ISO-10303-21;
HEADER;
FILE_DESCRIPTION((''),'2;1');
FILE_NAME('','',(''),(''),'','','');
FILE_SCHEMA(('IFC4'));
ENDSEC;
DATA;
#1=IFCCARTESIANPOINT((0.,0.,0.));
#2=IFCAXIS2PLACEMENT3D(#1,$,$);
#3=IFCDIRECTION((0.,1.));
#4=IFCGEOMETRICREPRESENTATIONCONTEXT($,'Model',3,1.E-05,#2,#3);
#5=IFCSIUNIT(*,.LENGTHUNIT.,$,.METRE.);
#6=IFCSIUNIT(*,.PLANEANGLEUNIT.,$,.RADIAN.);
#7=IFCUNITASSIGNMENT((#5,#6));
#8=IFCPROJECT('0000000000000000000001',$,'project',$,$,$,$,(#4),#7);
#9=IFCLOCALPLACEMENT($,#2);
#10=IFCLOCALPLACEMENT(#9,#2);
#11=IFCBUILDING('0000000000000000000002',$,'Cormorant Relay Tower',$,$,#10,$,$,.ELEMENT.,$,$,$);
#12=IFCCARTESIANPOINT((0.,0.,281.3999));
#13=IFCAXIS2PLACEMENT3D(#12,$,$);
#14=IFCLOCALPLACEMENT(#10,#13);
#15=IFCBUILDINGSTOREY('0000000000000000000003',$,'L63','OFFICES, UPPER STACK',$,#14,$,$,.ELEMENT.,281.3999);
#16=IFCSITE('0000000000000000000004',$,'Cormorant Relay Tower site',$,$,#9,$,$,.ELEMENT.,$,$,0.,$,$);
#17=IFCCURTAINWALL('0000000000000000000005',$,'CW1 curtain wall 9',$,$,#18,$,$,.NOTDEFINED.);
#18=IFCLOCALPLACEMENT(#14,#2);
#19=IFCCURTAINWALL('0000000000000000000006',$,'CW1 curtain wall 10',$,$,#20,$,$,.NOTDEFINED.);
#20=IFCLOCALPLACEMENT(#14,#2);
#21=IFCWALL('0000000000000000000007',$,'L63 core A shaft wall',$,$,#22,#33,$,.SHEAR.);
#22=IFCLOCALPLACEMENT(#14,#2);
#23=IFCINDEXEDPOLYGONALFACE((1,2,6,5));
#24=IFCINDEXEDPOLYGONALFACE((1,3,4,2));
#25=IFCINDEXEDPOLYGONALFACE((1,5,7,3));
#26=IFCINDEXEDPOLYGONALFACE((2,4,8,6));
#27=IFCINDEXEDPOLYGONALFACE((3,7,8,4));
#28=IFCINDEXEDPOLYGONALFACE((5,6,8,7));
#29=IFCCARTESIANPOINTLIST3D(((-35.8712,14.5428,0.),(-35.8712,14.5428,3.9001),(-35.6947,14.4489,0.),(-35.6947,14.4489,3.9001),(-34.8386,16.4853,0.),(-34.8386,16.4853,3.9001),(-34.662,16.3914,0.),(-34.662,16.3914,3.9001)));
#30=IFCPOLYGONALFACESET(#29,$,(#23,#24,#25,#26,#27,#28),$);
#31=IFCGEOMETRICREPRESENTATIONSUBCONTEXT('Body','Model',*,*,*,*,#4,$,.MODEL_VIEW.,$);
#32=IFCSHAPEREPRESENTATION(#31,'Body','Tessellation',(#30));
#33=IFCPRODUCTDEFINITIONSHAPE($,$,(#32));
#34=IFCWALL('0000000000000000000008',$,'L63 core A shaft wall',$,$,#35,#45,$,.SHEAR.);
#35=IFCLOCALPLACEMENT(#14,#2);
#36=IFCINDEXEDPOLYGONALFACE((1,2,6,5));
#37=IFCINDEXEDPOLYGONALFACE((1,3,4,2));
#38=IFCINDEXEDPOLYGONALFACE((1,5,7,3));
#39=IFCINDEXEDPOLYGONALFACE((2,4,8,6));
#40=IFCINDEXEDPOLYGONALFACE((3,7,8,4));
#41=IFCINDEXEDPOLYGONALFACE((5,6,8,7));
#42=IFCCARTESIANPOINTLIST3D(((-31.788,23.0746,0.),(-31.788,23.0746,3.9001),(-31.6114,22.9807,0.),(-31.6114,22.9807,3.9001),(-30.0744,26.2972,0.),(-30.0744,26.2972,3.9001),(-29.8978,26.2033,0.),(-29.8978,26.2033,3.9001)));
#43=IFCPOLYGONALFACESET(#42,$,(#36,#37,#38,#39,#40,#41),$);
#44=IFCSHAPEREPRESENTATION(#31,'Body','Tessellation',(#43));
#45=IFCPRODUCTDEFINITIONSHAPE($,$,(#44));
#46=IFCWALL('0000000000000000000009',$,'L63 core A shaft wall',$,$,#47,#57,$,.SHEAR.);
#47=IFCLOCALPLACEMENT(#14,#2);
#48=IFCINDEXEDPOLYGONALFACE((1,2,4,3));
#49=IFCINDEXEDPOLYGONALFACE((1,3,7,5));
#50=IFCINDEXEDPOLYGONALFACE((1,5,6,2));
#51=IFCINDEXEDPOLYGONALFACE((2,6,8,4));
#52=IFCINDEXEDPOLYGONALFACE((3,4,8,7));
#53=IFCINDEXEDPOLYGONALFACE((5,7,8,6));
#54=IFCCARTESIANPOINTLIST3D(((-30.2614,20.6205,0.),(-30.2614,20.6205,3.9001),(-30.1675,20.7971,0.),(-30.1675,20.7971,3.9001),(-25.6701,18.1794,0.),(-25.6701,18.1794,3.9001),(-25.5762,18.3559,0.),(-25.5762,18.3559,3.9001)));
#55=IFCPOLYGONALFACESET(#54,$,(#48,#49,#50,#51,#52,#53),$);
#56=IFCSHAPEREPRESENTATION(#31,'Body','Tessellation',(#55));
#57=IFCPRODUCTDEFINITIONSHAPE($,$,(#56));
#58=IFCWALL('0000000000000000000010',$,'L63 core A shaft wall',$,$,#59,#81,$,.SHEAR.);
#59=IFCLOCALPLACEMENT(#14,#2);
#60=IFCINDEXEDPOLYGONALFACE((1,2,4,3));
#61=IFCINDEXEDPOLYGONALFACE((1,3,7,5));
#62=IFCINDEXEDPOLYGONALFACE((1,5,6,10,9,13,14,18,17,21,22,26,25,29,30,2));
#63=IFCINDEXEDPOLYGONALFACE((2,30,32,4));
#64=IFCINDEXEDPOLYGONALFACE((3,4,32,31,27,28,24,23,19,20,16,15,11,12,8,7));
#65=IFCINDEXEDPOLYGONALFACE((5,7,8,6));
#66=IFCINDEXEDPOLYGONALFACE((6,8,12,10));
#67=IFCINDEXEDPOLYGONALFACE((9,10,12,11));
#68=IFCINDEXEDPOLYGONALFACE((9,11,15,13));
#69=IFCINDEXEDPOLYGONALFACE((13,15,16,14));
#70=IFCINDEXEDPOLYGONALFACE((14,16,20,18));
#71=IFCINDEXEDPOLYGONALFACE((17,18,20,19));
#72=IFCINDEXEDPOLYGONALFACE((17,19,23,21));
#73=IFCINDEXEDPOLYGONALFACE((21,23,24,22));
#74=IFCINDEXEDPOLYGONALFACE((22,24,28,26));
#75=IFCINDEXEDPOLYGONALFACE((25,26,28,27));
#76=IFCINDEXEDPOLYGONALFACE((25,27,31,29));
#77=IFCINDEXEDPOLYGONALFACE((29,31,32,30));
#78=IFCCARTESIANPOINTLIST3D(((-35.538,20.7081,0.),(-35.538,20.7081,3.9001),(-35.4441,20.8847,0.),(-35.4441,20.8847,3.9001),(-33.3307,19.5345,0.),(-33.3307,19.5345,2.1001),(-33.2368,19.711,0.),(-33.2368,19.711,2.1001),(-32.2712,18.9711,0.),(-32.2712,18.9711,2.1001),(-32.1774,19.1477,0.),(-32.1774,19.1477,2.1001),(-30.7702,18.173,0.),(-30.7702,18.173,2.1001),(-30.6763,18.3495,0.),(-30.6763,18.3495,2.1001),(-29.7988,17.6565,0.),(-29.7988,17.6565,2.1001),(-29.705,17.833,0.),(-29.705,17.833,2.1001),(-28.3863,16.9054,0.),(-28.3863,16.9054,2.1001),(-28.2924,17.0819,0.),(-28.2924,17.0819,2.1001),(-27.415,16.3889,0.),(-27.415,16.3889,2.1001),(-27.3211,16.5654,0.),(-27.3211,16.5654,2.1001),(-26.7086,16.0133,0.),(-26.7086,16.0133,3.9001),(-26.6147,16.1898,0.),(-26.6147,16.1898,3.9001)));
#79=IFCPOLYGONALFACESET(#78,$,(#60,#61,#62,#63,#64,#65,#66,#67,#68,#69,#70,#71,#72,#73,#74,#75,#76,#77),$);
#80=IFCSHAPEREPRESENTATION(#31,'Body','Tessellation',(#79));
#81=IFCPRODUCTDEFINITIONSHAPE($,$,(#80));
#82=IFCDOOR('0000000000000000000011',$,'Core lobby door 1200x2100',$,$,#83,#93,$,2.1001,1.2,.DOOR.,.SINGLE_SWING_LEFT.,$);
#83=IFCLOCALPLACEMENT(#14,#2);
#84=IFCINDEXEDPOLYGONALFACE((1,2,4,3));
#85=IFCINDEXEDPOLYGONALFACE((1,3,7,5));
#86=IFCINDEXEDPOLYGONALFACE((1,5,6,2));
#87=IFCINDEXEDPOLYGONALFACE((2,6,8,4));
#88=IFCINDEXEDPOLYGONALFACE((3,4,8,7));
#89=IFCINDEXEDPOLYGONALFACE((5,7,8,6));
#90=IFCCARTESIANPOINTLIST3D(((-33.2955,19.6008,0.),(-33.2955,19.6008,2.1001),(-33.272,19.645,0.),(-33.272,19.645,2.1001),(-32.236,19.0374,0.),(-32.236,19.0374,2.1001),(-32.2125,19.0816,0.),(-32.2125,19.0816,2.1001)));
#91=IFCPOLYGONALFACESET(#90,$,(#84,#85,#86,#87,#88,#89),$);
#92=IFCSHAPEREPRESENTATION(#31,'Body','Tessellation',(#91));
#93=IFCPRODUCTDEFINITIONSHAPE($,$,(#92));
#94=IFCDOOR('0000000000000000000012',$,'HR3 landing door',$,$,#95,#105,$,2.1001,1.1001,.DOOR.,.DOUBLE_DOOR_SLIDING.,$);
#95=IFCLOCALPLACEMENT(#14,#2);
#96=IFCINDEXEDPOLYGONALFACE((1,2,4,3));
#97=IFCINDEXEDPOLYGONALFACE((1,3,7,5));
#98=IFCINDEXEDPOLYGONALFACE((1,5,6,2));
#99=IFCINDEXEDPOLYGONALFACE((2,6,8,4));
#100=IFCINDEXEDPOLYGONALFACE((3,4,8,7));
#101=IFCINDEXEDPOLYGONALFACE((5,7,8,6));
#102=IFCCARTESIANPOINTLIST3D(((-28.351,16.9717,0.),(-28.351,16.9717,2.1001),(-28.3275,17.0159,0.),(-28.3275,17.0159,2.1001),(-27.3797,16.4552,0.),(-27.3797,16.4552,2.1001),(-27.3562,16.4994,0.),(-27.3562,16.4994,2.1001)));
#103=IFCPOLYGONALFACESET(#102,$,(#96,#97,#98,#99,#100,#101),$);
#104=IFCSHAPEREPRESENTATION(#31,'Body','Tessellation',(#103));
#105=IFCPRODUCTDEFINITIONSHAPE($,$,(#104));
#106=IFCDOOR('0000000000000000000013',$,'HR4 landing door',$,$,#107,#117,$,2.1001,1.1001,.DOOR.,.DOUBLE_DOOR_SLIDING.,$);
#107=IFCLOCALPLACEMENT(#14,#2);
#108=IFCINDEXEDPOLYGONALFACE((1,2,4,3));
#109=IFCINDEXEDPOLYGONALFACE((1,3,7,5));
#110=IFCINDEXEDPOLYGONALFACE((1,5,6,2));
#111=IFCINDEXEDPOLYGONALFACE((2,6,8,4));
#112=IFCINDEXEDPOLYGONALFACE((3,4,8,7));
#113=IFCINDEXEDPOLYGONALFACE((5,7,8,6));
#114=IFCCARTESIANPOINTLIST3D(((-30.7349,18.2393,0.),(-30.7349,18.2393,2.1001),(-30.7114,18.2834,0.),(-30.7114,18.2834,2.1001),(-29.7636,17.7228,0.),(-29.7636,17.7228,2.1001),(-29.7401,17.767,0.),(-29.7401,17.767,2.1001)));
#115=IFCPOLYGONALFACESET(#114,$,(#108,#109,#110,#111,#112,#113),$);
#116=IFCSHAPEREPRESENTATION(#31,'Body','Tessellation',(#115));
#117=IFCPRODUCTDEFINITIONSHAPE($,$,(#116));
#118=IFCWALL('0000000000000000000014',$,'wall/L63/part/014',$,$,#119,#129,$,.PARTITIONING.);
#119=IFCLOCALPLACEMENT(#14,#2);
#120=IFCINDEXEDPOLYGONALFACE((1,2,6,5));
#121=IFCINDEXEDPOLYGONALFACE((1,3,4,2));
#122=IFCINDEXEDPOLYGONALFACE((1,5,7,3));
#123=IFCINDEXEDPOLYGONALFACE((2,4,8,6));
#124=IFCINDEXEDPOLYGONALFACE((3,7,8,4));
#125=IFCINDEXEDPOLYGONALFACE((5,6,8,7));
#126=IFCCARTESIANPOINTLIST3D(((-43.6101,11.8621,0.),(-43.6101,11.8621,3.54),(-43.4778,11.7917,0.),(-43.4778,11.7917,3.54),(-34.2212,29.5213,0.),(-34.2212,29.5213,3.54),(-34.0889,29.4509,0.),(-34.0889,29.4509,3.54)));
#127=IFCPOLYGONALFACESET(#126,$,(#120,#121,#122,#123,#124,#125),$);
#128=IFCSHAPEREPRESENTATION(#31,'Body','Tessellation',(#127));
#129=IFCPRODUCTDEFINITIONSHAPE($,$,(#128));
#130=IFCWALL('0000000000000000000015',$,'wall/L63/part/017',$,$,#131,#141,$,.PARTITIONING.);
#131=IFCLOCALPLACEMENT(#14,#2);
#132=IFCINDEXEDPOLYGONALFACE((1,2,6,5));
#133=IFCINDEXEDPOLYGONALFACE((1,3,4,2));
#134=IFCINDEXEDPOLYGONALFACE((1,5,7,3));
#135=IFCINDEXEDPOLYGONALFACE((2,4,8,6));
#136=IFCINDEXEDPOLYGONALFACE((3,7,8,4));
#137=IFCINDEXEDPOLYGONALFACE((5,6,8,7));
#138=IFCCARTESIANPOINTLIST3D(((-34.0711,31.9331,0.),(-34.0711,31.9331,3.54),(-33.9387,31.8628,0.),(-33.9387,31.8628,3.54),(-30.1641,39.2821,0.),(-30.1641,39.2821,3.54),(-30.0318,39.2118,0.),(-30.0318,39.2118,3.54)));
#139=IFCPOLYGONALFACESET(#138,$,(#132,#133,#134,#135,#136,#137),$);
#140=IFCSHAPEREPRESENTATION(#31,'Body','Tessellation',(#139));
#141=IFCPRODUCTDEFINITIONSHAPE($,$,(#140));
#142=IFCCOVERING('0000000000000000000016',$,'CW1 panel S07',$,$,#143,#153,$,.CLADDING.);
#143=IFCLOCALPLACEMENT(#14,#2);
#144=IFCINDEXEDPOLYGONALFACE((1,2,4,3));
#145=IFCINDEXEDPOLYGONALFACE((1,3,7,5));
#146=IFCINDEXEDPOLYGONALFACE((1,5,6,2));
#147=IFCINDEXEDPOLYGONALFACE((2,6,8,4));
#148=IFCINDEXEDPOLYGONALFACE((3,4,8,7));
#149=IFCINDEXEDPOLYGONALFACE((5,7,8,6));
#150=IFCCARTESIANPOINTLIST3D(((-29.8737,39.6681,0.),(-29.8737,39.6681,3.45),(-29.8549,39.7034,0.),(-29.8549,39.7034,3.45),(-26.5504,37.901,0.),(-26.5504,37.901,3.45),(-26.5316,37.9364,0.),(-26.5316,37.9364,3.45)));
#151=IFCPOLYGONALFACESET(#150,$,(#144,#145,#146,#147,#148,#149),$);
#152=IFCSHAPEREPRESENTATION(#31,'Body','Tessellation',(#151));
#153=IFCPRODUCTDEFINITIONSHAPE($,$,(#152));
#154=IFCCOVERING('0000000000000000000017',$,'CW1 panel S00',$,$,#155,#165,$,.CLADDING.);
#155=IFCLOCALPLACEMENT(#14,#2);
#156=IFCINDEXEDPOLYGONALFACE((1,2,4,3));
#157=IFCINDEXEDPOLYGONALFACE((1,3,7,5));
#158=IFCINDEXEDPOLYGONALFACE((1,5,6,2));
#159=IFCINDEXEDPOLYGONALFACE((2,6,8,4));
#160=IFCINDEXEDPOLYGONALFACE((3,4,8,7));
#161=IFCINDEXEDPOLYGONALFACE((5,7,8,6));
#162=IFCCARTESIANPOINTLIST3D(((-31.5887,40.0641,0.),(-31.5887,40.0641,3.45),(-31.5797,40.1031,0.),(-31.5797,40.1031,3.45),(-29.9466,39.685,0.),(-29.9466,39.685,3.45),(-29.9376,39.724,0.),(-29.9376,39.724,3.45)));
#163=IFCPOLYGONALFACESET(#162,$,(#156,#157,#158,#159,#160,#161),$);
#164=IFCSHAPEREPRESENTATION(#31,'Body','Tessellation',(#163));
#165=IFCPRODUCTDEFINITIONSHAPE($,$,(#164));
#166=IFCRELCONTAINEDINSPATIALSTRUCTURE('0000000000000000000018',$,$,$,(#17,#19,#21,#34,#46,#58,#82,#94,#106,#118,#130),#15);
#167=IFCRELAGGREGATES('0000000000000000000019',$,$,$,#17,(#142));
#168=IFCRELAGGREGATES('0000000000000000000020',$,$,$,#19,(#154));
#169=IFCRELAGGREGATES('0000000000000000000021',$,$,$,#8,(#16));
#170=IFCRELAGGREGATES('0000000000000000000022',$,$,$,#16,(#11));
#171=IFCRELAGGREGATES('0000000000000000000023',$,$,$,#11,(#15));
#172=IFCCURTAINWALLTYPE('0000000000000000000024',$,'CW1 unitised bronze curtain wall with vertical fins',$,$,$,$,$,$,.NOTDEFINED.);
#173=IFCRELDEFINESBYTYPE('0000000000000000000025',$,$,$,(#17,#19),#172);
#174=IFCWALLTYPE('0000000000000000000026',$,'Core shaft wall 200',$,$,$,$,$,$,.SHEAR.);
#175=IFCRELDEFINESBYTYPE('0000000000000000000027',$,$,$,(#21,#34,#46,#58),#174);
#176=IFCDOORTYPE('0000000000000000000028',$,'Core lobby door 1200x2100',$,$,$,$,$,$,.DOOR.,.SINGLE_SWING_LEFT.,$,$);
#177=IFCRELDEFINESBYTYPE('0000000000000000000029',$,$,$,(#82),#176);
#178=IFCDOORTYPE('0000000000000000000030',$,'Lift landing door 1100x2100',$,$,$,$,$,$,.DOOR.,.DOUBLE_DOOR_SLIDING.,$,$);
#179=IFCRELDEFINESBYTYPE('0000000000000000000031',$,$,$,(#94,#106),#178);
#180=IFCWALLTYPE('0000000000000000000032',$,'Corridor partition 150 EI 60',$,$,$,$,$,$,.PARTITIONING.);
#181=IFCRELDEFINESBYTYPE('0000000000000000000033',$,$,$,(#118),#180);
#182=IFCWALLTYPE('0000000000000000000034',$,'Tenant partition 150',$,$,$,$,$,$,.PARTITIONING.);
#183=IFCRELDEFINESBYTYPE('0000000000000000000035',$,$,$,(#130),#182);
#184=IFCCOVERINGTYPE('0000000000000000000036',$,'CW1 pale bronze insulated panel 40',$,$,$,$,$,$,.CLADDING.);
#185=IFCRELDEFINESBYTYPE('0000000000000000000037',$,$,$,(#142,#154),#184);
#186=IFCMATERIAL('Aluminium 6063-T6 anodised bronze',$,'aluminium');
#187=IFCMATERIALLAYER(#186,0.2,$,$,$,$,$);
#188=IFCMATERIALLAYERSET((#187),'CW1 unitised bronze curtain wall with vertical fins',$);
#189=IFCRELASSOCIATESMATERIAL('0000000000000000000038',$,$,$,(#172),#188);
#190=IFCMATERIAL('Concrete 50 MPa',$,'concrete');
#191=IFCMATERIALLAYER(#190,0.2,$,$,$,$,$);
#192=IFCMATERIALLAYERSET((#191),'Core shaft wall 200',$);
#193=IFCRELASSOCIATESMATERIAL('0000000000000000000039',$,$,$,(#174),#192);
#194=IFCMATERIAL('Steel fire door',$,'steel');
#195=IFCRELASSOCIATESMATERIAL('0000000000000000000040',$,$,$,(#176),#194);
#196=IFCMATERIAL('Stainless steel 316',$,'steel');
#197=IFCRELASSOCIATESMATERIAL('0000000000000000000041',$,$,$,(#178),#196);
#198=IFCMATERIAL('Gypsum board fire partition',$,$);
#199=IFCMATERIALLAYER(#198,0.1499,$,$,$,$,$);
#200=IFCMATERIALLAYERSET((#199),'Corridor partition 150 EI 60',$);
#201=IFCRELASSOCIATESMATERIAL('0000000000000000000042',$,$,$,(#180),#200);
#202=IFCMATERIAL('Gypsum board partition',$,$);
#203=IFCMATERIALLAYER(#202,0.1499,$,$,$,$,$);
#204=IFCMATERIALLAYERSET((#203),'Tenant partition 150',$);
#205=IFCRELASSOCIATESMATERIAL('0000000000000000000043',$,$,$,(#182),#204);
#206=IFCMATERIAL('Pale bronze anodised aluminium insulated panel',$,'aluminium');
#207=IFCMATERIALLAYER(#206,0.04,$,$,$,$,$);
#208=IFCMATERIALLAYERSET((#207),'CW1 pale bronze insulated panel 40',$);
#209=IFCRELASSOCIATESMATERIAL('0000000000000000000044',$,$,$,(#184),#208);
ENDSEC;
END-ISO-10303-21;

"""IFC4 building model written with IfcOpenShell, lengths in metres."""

from ifc_helpers import new_model, si_unit, direction, frame, frame_2d, origin, origin_2d, place, context, subcontext, project, spatial, rectangle, extrude, material, layer, layer_set, type_object, element, fill, aggregate, save


model = new_model("IFC4")

# Units and contexts
model_context = context("Model", 3, precision=1e-05, world=origin(), true_north=direction((0.0, 1.0)))
body_context = subcontext(model_context, "Body", "Model", "MODEL_VIEW")
ifc_project = project(units=[si_unit("LENGTHUNIT", "METRE"), si_unit("PLANEANGLEUNIT", "RADIAN")], contexts=[model_context])

# Site, building, storey
site_placement = place(None, origin())
site = spatial("IfcSite", under=ifc_project, at=site_placement, Name="Cormorant Relay Tower site", CompositionType="ELEMENT", RefElevation=0.0)
building_placement = place(site_placement, origin())
building = spatial("IfcBuilding", under=site, at=building_placement, Name="Cormorant Relay Tower", CompositionType="ELEMENT")
storey_placement = place(building_placement, frame((0.0, 0.0, 281.3999)))
storey = spatial("IfcBuildingStorey", under=building, at=storey_placement, Name="L63", Description="OFFICES, UPPER STACK", CompositionType="ELEMENT", Elevation=281.3999)

# Curtain wall
ifc_material_1 = material(Name="Aluminium 6063-T6 anodised bronze", Category="aluminium")
ifc_layer_1 = layer(ifc_material_1, 0.2)
ifc_layer_set_1 = layer_set([ifc_layer_1], Name="CW1 unitised bronze curtain wall with vertical fins")
curtain_wall_type = type_object("IfcCurtainWallType", Name="CW1 unitised bronze curtain wall with vertical fins", PredefinedType="NOTDEFINED", material=ifc_layer_set_1)
curtain_wall_1_placement = place(storey_placement, origin())
curtain_wall_1 = element("IfcCurtainWall", 1, at=curtain_wall_1_placement, inside=storey, type_object=curtain_wall_type, Name="CW1 curtain wall 9", PredefinedType="NOTDEFINED")

# Curtain wall
curtain_wall_2_placement = place(storey_placement, origin())
curtain_wall_2 = element("IfcCurtainWall", 2, at=curtain_wall_2_placement, inside=storey, type_object=curtain_wall_type, Name="CW1 curtain wall 10", PredefinedType="NOTDEFINED")

# Shared definitions
ifc_material_2 = material(Name="Concrete 50 MPa", Category="concrete")
ifc_layer_2 = layer(ifc_material_2, 0.2)
ifc_layer_set_2 = layer_set([ifc_layer_2], Name="Core shaft wall 200")
wall_type_1 = type_object("IfcWallType", Name="Core shaft wall 200", PredefinedType="SHEAR", material=ifc_layer_set_2)

# Walls
wall_1_placement = place(storey_placement, frame((-34.7502, 16.4385, 0.0), z_axis=(0.0, 0.0, 1.0), x_axis=(-0.469401, -0.882985, 0.0)))
element("IfcWall", 3, at=wall_1_placement, inside=storey, type_object=wall_type_1, Name="L63 core A shaft wall", PredefinedType="SHEAR", context=body_context, shape_type="SweptSolid", body=[
    extrude(rectangle(XDim=2.2, YDim=0.2, at=frame_2d((1.1001, 0.0))), origin(), (0.0, 0.0, 1.0), 3.9001),
])
wall_2_placement = place(storey_placement, frame((-29.9861, 26.2502, 0.0), z_axis=(0.0, 0.0, 1.0), x_axis=(-0.469494, -0.882936, 0.0)))
element("IfcWall", 4, at=wall_2_placement, inside=storey, type_object=wall_type_1, Name="L63 core A shaft wall", PredefinedType="SHEAR", context=body_context, shape_type="SweptSolid", body=[
    extrude(rectangle(XDim=3.6499, YDim=0.2, at=frame_2d((1.825, 0.0))), origin(), (0.0, 0.0, 1.0), 3.9001),
])

# Wall
wall_3_placement = place(storey_placement, frame((-25.623, 18.2676, 0.0), z_axis=(0.0, 0.0, 1.0), x_axis=(-0.882954, 0.46946, 0.0)))
element("IfcWall", 5, at=wall_3_placement, inside=storey, type_object=wall_type_1, Name="L63 core A shaft wall", PredefinedType="SHEAR", context=body_context, shape_type="SweptSolid", body=[
    extrude(rectangle(XDim=5.2, YDim=0.2, at=frame_2d((2.6001, 0.0))), origin(), (0.0, 0.0, 1.0), 3.9001),
])

# Wall, openings, doors
wall_4_placement = place(storey_placement, frame((-26.6616, 16.1016, 0.0), z_axis=(0.0, 0.0, 1.0), x_axis=(-0.88294, 0.469485, 0.0)))
wall_4 = element("IfcWall", 6, at=wall_4_placement, inside=storey, type_object=wall_type_1, Name="L63 core A shaft wall", PredefinedType="SHEAR", context=body_context, shape_type="SweptSolid", body=[
    extrude(rectangle(XDim=10.0, YDim=0.2, at=frame_2d((5.0, 0.0))), origin(), (0.0, 0.0, 1.0), 3.9001),
])
opening_1_placement = place(wall_4_placement, frame((6.3, 0.0, 0.0)))
opening_1 = element("IfcOpeningElement", 7, at=opening_1_placement, cuts=wall_4, PredefinedType="OPENING", context=body_context, shape_type="SweptSolid", body=[
    extrude(rectangle(XDim=1.2, YDim=2.1001, at=frame_2d((0.6001, 1.05))), frame((0.0, 0.1099, 0.0), z_axis=(0.0, -1.0, 0.0), x_axis=(1.0, 0.0, 0.0)), (0.0, 0.0, 1.0), 0.22),
])
opening_2_placement = place(wall_4_placement, frame((0.8, 0.0, 0.0)))
opening_2 = element("IfcOpeningElement", 8, at=opening_2_placement, cuts=wall_4, PredefinedType="OPENING", context=body_context, shape_type="SweptSolid", body=[
    extrude(rectangle(XDim=1.1001, YDim=2.1001, at=frame_2d((0.55, 1.05))), frame((0.0, 0.1099, 0.0), z_axis=(0.0, -1.0, 0.0), x_axis=(1.0, 0.0, 0.0)), (0.0, 0.0, 1.0), 0.22),
])
opening_3_placement = place(wall_4_placement, frame((3.5, 0.0, 0.0)))
opening_3 = element("IfcOpeningElement", 9, at=opening_3_placement, cuts=wall_4, PredefinedType="OPENING", context=body_context, shape_type="SweptSolid", body=[
    extrude(rectangle(XDim=1.1001, YDim=2.1001, at=frame_2d((0.55, 1.05))), frame((0.0, 0.1099, 0.0), z_axis=(0.0, -1.0, 0.0), x_axis=(1.0, 0.0, 0.0)), (0.0, 0.0, 1.0), 0.22),
])
ifc_material_3 = material(Name="Steel fire door", Category="steel")
door_type_1 = type_object("IfcDoorType", Name="Core lobby door 1200x2100", OperationType="SINGLE_SWING_LEFT", PredefinedType="DOOR", material=ifc_material_3)
door_1_placement = place(opening_1_placement, origin())
door_1 = element("IfcDoor", 10, at=door_1_placement, inside=storey, type_object=door_type_1, Name="Core lobby door 1200x2100", OperationType="SINGLE_SWING_LEFT", OverallHeight=2.1001, OverallWidth=1.2, PredefinedType="DOOR", context=body_context, shape_type="SweptSolid", body=[
    extrude(rectangle(XDim=1.2, YDim=2.1001, at=frame_2d((0.6001, 1.05))), frame((0.0, 0.0249, 0.0), z_axis=(0.0, -1.0, 0.0), x_axis=(1.0, 0.0, 0.0)), (0.0, 0.0, 1.0), 0.05),
])
fill(opening_1, door_1)
ifc_material_4 = material(Name="Stainless steel 316", Category="steel")
door_type_2 = type_object("IfcDoorType", Name="Lift landing door 1100x2100", OperationType="DOUBLE_DOOR_SLIDING", PredefinedType="DOOR", material=ifc_material_4)
door_2_placement = place(opening_2_placement, origin())
door_2 = element("IfcDoor", 11, at=door_2_placement, inside=storey, type_object=door_type_2, Name="HR3 landing door", OperationType="DOUBLE_DOOR_SLIDING", OverallHeight=2.1001, OverallWidth=1.1001, PredefinedType="DOOR", context=body_context, shape_type="SweptSolid", body=[
    extrude(rectangle(XDim=1.1001, YDim=2.1001, at=frame_2d((0.55, 1.05))), frame((0.0, 0.0249, 0.0), z_axis=(0.0, -1.0, 0.0), x_axis=(1.0, 0.0, 0.0)), (0.0, 0.0, 1.0), 0.05),
])
fill(opening_2, door_2)
door_3_placement = place(opening_3_placement, origin())
door_3 = element("IfcDoor", 12, at=door_3_placement, inside=storey, type_object=door_type_2, Name="HR4 landing door", OperationType="DOUBLE_DOOR_SLIDING", OverallHeight=2.1001, OverallWidth=1.1001, PredefinedType="DOOR", context=body_context, shape_type="SweptSolid", body=[
    extrude(rectangle(XDim=1.1001, YDim=2.1001, at=frame_2d((0.55, 1.05))), frame((0.0, 0.0249, 0.0), z_axis=(0.0, -1.0, 0.0), x_axis=(1.0, 0.0, 0.0)), (0.0, 0.0, 1.0), 0.05),
])
fill(opening_3, door_3)

# Walls
ifc_material_5 = material(Name="Gypsum board fire partition")
ifc_layer_3 = layer(ifc_material_5, 0.1499)
ifc_layer_set_3 = layer_set([ifc_layer_3], Name="Corridor partition 150 EI 60")
wall_type_2 = type_object("IfcWallType", Name="Corridor partition 150 EI 60", PredefinedType="PARTITIONING", material=ifc_layer_set_3)
wall_5_placement = place(storey_placement, frame((-34.155, 29.4861, 0.0), z_axis=(0.0, 0.0, 1.0), x_axis=(-0.469447, -0.882961, 0.0)))
element("IfcWall", 13, at=wall_5_placement, inside=storey, type_object=wall_type_2, Name="wall/L63/part/014", PredefinedType="PARTITIONING", context=body_context, shape_type="SweptSolid", body=[
    extrude(rectangle(XDim=20.0, YDim=0.1499, at=frame_2d((10.0, 0.0))), origin(), (0.0, 0.0, 1.0), 3.54),
])
ifc_material_6 = material(Name="Gypsum board partition")
ifc_layer_4 = layer(ifc_material_6, 0.1499)
ifc_layer_set_4 = layer_set([ifc_layer_4], Name="Tenant partition 150")
wall_type_3 = type_object("IfcWallType", Name="Tenant partition 150", PredefinedType="PARTITIONING", material=ifc_layer_set_4)
wall_6_placement = place(storey_placement, frame((-30.0979, 39.2471, 0.0), z_axis=(0.0, 0.0, 1.0), x_axis=(-0.469414, -0.882978, 0.0)))
element("IfcWall", 14, at=wall_6_placement, inside=storey, type_object=wall_type_3, Name="wall/L63/part/017", PredefinedType="PARTITIONING", context=body_context, shape_type="SweptSolid", body=[
    extrude(rectangle(XDim=8.323, YDim=0.1499, at=frame_2d((4.1616, 0.0))), origin(), (0.0, 0.0, 1.0), 3.54),
])

# Coverings
ifc_material_7 = material(Name="Pale bronze anodised aluminium insulated panel", Category="aluminium")
ifc_layer_5 = layer(ifc_material_7, 0.04)
ifc_layer_set_5 = layer_set([ifc_layer_5], Name="CW1 pale bronze insulated panel 40")
covering_type = type_object("IfcCoveringType", Name="CW1 pale bronze insulated panel 40", PredefinedType="CLADDING", material=ifc_layer_set_5)
covering_1_placement = place(storey_placement, frame((-28.2026, 38.8022, 0.0), z_axis=(0.0, 0.0, 1.0), x_axis=(-0.882948, 0.469472, 0.0)))
covering_1 = element("IfcCovering", 15, at=covering_1_placement, type_object=covering_type, Name="CW1 panel S07", PredefinedType="CLADDING", context=body_context, shape_type="SweptSolid", body=[
    extrude(rectangle(XDim=3.7639, YDim=0.04, at=origin_2d()), origin(), (0.0, 0.0, 1.0), 3.45),
])
aggregate(curtain_wall_1, [covering_1])
covering_2_placement = place(storey_placement, frame((-30.7632, 39.894, 0.0), z_axis=(0.0, 0.0, 1.0), x_axis=(-0.97437, 0.224951, 0.0)))
covering_2 = element("IfcCovering", 16, at=covering_2_placement, type_object=covering_type, Name="CW1 panel S00", PredefinedType="CLADDING", context=body_context, shape_type="SweptSolid", body=[
    extrude(rectangle(XDim=1.6853, YDim=0.04, at=origin_2d()), origin(), (0.0, 0.0, 1.0), 3.45),
])
aggregate(curtain_wall_2, [covering_2])

save(model, "model.ifc")
